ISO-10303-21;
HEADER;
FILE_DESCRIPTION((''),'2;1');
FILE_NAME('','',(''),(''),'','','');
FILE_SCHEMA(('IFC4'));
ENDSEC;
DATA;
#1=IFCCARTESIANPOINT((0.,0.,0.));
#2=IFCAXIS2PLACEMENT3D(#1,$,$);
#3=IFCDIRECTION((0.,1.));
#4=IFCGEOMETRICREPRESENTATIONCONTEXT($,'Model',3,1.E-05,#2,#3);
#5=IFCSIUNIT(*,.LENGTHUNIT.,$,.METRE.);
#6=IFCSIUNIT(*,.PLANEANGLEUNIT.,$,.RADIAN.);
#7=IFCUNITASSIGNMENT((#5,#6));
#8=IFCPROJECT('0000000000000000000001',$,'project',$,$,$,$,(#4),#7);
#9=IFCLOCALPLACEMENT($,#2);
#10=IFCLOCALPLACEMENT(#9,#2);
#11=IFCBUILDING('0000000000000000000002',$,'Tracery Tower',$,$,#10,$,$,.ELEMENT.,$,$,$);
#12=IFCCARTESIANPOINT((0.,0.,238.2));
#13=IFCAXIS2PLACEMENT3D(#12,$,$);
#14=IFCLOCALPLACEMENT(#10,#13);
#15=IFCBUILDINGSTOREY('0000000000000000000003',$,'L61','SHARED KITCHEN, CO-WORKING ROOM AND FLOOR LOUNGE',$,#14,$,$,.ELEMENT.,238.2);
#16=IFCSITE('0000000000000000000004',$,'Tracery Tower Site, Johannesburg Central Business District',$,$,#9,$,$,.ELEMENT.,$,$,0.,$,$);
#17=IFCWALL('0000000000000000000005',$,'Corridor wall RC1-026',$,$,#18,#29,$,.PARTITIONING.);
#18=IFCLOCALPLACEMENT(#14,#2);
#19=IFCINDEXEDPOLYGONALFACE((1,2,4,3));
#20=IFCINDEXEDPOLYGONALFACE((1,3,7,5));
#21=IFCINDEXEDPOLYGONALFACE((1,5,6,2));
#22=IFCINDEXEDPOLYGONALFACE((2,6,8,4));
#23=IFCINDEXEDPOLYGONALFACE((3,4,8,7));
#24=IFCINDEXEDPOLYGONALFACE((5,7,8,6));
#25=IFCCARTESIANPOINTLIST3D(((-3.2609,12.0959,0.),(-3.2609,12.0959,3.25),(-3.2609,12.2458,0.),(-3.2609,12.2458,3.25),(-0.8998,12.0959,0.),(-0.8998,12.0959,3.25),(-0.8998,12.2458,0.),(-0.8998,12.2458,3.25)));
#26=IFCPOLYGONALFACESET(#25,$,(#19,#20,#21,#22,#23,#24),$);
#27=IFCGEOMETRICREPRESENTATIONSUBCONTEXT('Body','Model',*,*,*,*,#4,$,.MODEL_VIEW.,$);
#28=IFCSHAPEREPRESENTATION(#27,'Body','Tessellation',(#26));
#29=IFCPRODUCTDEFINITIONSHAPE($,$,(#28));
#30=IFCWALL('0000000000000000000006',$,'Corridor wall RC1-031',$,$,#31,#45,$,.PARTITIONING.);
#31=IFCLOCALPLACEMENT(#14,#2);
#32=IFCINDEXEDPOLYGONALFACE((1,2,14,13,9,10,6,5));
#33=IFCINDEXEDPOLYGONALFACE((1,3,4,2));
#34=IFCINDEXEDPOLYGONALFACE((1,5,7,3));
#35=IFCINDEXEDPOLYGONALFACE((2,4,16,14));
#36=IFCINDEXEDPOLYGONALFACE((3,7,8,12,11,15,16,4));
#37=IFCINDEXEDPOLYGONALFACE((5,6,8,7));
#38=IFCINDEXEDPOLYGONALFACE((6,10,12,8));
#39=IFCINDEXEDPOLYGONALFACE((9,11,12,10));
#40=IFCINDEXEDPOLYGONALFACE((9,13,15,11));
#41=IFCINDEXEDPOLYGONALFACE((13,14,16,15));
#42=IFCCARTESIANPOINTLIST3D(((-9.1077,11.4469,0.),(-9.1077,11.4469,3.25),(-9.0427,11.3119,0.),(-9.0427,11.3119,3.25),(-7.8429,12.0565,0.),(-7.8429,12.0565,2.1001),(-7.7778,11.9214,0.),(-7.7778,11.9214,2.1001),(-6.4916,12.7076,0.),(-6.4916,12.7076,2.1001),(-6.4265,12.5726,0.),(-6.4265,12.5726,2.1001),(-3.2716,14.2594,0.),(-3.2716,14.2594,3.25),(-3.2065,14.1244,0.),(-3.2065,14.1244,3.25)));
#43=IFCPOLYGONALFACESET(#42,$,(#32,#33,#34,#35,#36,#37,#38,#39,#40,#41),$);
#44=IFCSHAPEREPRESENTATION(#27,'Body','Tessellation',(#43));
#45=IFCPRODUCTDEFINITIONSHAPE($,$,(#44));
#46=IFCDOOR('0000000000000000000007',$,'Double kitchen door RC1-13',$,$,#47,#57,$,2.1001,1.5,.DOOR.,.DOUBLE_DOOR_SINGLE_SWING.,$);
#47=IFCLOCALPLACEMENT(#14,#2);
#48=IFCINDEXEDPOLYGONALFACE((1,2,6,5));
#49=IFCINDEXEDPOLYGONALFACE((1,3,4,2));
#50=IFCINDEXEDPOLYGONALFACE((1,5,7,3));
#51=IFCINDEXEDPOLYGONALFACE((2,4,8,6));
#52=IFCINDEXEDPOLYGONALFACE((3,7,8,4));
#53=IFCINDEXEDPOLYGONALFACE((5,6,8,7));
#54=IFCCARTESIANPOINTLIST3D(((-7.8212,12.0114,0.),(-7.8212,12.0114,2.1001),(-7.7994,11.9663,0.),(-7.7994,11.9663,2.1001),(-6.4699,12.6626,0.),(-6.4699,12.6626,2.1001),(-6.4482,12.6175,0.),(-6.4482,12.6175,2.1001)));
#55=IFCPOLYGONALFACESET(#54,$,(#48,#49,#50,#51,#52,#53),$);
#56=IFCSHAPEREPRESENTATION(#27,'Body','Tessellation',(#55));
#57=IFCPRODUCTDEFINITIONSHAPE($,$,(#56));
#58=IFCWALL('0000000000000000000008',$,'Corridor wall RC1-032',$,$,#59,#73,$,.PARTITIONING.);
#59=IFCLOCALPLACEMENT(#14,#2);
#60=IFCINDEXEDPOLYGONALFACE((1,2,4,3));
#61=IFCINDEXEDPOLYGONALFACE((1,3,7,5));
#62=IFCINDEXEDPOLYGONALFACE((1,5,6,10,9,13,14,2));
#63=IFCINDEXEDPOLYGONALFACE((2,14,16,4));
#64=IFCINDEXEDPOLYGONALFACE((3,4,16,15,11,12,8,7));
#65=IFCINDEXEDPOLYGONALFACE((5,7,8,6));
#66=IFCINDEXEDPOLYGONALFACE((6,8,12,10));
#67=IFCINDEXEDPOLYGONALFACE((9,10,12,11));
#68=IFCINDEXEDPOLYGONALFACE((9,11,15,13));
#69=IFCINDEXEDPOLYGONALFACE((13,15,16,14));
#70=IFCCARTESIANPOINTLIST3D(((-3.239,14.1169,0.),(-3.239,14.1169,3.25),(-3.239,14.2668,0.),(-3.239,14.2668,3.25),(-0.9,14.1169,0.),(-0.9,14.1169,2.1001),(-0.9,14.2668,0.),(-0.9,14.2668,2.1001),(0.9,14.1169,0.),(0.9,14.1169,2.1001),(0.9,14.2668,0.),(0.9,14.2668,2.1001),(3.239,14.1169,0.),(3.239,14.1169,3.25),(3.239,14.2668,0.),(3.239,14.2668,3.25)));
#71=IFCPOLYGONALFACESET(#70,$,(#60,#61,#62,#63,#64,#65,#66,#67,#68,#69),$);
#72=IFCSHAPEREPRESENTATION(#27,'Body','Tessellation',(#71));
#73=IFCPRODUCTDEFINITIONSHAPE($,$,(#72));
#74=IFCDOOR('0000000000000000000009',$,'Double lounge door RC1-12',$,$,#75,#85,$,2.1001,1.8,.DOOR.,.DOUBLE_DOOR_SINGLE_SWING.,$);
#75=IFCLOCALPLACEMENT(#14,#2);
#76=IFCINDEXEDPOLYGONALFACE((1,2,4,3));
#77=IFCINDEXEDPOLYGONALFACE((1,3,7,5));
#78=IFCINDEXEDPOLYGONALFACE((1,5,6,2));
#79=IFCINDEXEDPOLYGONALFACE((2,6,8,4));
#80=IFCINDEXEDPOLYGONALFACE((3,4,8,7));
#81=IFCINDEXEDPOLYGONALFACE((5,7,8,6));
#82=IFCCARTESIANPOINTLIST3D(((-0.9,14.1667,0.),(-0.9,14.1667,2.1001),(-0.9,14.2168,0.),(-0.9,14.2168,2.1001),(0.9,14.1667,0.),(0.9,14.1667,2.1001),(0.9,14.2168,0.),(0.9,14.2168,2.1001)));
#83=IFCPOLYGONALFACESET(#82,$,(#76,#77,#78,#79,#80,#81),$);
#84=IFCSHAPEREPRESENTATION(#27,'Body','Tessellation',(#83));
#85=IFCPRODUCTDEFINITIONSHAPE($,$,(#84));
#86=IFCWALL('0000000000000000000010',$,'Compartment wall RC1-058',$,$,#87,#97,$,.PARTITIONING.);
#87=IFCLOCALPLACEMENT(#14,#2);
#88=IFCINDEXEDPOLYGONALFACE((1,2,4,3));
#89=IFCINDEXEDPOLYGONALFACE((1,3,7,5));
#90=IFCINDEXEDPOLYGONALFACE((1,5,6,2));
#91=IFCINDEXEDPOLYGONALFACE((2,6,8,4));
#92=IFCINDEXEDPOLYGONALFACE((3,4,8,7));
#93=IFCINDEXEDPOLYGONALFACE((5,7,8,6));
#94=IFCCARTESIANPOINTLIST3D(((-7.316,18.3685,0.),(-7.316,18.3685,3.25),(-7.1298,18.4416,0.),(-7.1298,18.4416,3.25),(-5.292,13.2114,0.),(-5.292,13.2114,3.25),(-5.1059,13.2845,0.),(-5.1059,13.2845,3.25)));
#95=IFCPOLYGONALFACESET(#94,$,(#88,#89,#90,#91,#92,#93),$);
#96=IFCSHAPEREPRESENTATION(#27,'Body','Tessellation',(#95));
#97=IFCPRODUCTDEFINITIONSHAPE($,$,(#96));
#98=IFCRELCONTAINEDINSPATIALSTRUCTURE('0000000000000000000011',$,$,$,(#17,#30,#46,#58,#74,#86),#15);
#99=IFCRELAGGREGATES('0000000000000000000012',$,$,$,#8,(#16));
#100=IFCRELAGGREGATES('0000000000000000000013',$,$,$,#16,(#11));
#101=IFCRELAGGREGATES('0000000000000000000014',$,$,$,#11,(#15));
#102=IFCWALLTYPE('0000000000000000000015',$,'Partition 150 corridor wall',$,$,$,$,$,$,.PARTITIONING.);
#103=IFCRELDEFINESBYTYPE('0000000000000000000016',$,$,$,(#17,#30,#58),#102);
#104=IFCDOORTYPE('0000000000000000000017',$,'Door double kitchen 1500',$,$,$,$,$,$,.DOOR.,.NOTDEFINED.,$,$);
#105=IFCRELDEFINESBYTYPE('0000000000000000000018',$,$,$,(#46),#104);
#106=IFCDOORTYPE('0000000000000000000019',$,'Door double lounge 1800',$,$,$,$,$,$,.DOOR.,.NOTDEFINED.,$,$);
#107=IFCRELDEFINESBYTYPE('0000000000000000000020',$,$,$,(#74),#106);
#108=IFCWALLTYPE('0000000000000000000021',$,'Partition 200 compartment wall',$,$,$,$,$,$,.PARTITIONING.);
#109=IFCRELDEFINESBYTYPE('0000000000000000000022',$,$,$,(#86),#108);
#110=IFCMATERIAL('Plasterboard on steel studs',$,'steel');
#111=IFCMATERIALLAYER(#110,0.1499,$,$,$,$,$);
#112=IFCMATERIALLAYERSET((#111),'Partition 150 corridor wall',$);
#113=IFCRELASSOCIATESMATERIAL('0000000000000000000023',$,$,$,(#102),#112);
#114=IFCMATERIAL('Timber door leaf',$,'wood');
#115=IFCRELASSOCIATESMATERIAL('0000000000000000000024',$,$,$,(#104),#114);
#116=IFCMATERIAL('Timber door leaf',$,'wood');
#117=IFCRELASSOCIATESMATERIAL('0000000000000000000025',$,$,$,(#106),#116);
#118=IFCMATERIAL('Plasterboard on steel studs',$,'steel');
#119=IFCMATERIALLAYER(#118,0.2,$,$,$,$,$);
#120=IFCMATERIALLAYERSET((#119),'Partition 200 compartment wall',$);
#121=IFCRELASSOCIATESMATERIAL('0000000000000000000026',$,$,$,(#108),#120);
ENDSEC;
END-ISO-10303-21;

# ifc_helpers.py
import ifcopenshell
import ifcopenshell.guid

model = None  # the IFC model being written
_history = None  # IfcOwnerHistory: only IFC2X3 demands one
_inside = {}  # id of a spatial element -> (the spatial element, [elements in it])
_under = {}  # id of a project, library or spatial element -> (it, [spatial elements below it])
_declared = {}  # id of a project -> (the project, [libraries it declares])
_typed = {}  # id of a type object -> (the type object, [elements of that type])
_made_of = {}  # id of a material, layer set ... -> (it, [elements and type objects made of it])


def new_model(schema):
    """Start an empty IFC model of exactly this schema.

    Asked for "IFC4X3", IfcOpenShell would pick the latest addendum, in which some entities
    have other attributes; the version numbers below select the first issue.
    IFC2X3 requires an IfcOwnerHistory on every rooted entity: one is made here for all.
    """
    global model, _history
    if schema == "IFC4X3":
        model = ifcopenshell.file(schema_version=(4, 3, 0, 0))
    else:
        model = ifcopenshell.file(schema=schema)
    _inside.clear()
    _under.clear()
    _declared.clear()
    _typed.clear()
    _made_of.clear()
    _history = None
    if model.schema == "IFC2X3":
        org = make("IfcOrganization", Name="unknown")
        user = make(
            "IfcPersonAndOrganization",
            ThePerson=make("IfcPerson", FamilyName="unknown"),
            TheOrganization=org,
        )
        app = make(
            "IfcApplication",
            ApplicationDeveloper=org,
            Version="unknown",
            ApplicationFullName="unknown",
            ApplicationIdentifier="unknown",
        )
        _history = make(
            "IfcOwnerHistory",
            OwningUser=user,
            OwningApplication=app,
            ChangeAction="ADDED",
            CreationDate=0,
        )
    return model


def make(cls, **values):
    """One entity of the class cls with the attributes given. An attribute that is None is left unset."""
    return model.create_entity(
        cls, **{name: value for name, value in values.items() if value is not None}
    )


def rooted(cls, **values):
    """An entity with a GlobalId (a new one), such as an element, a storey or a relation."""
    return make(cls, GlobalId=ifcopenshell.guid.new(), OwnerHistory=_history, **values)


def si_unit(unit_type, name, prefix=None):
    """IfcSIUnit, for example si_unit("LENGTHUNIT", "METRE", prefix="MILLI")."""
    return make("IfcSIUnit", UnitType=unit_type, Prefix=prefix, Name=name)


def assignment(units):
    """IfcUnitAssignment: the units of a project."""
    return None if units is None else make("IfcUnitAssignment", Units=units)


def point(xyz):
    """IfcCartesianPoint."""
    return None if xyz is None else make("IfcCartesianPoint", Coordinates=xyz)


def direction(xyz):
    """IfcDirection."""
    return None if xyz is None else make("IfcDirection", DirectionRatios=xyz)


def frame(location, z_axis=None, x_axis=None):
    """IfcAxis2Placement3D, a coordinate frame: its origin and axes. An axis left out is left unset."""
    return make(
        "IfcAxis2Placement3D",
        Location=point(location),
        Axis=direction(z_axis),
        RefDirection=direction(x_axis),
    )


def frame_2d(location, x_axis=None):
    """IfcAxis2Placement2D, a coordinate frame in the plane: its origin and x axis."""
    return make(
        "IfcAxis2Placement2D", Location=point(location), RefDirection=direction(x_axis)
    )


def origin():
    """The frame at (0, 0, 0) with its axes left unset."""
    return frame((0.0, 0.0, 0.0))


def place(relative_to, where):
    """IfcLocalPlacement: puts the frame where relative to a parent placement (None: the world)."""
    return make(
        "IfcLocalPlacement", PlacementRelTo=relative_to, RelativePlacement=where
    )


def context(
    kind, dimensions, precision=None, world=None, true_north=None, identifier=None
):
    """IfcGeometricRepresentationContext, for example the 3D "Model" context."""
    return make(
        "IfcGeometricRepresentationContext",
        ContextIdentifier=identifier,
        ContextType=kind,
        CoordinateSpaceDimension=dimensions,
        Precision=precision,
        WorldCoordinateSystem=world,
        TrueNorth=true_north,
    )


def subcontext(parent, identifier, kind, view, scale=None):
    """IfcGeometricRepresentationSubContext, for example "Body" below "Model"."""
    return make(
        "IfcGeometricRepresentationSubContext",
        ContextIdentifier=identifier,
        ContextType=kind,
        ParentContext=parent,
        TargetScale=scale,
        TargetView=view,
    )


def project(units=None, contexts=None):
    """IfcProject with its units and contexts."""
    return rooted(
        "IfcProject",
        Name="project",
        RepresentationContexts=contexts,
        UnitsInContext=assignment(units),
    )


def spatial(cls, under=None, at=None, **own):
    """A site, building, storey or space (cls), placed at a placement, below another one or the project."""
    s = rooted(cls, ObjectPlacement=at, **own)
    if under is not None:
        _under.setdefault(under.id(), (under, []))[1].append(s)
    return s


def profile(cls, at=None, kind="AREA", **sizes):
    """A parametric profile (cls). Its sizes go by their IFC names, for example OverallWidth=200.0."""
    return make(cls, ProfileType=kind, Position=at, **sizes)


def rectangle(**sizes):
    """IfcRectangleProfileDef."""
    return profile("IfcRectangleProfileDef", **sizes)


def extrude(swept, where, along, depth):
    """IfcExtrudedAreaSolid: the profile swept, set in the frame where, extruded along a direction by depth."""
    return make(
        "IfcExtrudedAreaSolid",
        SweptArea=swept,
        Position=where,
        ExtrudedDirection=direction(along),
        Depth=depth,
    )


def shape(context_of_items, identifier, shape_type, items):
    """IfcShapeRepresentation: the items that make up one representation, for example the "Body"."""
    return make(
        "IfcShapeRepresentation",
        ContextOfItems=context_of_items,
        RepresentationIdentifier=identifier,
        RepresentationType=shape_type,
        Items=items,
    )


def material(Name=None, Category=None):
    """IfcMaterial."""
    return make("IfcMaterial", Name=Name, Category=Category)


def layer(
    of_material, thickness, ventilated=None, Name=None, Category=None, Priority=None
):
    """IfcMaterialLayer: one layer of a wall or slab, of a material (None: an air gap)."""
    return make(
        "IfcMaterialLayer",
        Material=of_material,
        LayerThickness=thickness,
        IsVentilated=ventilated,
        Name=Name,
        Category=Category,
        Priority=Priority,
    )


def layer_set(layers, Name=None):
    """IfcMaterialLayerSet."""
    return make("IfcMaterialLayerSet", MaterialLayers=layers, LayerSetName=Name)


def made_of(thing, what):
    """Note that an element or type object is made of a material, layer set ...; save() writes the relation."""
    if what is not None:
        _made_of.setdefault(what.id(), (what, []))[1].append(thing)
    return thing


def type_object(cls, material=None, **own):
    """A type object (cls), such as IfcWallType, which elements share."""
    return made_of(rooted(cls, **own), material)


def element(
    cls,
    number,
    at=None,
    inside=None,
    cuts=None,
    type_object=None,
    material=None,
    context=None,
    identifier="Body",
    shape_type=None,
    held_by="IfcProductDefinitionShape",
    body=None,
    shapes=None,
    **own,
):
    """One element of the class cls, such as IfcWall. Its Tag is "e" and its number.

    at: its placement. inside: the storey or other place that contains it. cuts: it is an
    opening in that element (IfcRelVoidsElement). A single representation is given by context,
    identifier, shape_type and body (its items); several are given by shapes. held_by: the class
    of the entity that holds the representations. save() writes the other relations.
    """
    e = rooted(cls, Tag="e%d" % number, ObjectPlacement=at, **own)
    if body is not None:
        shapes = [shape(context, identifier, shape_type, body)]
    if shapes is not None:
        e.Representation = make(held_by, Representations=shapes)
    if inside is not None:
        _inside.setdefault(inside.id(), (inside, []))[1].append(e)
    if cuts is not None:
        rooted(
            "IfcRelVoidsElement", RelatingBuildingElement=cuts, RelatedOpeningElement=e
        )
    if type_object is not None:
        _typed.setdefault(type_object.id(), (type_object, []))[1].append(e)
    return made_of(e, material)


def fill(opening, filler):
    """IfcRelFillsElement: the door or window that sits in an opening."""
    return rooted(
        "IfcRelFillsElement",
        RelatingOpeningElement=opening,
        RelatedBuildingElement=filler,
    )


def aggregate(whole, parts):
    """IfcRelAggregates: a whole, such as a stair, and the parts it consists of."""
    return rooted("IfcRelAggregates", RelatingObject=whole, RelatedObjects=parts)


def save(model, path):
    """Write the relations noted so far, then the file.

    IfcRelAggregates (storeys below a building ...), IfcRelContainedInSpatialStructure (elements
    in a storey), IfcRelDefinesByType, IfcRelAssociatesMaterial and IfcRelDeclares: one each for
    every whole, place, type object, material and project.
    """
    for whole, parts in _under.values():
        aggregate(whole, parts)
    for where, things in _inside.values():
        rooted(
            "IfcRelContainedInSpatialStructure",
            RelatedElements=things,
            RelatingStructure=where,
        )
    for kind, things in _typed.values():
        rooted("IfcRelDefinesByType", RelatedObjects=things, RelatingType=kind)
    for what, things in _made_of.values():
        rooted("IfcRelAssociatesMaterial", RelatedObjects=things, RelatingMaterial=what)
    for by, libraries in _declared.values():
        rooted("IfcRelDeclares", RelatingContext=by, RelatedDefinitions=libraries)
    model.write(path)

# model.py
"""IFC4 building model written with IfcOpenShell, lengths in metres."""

from ifc_helpers import new_model, si_unit, direction, frame, frame_2d, origin, place, context, subcontext, project, spatial, rectangle, extrude, material, layer, layer_set, type_object, element, fill, save


model = new_model("IFC4")

# Units and contexts
model_context = context("Model", 3, precision=1e-05, world=origin(), true_north=direction((0.0, 1.0)))
body_context = subcontext(model_context, "Body", "Model", "MODEL_VIEW")
ifc_project = project(units=[si_unit("LENGTHUNIT", "METRE"), si_unit("PLANEANGLEUNIT", "RADIAN")], contexts=[model_context])

# Site, building, storey
site_placement = place(None, origin())
site = spatial("IfcSite", under=ifc_project, at=site_placement, Name="Tracery Tower Site, Johannesburg Central Business District", CompositionType="ELEMENT", RefElevation=0.0)
building_placement = place(site_placement, origin())
building = spatial("IfcBuilding", under=site, at=building_placement, Name="Tracery Tower", CompositionType="ELEMENT")
storey_placement = place(building_placement, frame((0.0, 0.0, 238.2)))
storey = spatial("IfcBuildingStorey", under=building, at=storey_placement, Name="L61", Description="SHARED KITCHEN, CO-WORKING ROOM AND FLOOR LOUNGE", CompositionType="ELEMENT", Elevation=238.2)

# Shared definitions
ifc_material_1 = material(Name="Plasterboard on steel studs", Category="steel")
ifc_layer_1 = layer(ifc_material_1, 0.1499)
ifc_layer_set_1 = layer_set([ifc_layer_1], Name="Partition 150 corridor wall")
wall_type_1 = type_object("IfcWallType", Name="Partition 150 corridor wall", PredefinedType="PARTITIONING", material=ifc_layer_set_1)

# Wall
wall_1_placement = place(storey_placement, frame((-3.261, 12.1709, 0.0), z_axis=(0.0, 0.0, 1.0), x_axis=(1.0, 0.0, 0.0)))
element("IfcWall", 1, at=wall_1_placement, inside=storey, type_object=wall_type_1, Name="Corridor wall RC1-026", PredefinedType="PARTITIONING", context=body_context, shape_type="SweptSolid", body=[
    extrude(rectangle(XDim=2.3611, YDim=0.1499, at=frame_2d((1.1807, 0.0))), origin(), (0.0, 0.0, 1.0), 3.25),
])

# Walls, openings, doors
wall_2_placement = place(storey_placement, frame((-9.0752, 11.3794, 0.0), z_axis=(0.0, 0.0, 1.0), x_axis=(0.900852, 0.434127, 0.0)))
wall_2 = element("IfcWall", 2, at=wall_2_placement, inside=storey, type_object=wall_type_1, Name="Corridor wall RC1-031", PredefinedType="PARTITIONING", context=body_context, shape_type="SweptSolid", body=[
    extrude(rectangle(XDim=6.4785, YDim=0.1499, at=frame_2d((3.2393, 0.0))), origin(), (0.0, 0.0, 1.0), 3.25),
])
opening_1_placement = place(wall_2_placement, frame((1.4041, 0.0, 0.0)))
opening_1 = element("IfcOpeningElement", 3, at=opening_1_placement, cuts=wall_2, PredefinedType="OPENING", context=body_context, shape_type="SweptSolid", body=[
    extrude(rectangle(XDim=1.5, YDim=2.1001, at=frame_2d((0.75, 1.05))), frame((0.0, 0.075, 0.0), z_axis=(0.0, -1.0, 0.0), x_axis=(1.0, 0.0, 0.0)), (0.0, 0.0, 1.0), 0.1499),
])
ifc_material_2 = material(Name="Timber door leaf", Category="wood")
door_type_1 = type_object("IfcDoorType", Name="Door double kitchen 1500", OperationType="NOTDEFINED", PredefinedType="DOOR", material=ifc_material_2)
door_1_placement = place(opening_1_placement, origin())
door_1 = element("IfcDoor", 4, at=door_1_placement, inside=storey, type_object=door_type_1, Name="Double kitchen door RC1-13", OperationType="DOUBLE_DOOR_SINGLE_SWING", OverallHeight=2.1001, OverallWidth=1.5, PredefinedType="DOOR", context=body_context, shape_type="SweptSolid", body=[
    extrude(rectangle(XDim=1.5, YDim=2.1001, at=frame_2d((0.75, 1.05))), frame((0.0, 0.0249, 0.0), z_axis=(0.0, -1.0, 0.0), x_axis=(1.0, 0.0, 0.0)), (0.0, 0.0, 1.0), 0.05),
])
fill(opening_1, door_1)
wall_3_placement = place(storey_placement, frame((-3.239, 14.1919, 0.0), z_axis=(0.0, 0.0, 1.0), x_axis=(1.0, 0.0, 0.0)))
wall_3 = element("IfcWall", 5, at=wall_3_placement, inside=storey, type_object=wall_type_1, Name="Corridor wall RC1-032", PredefinedType="PARTITIONING", context=body_context, shape_type="SweptSolid", body=[
    extrude(rectangle(XDim=6.478, YDim=0.1499, at=frame_2d((3.239, 0.0))), origin(), (0.0, 0.0, 1.0), 3.25),
])
opening_2_placement = place(wall_3_placement, frame((2.3391, 0.0, 0.0)))
opening_2 = element("IfcOpeningElement", 6, at=opening_2_placement, cuts=wall_3, PredefinedType="OPENING", context=body_context, shape_type="SweptSolid", body=[
    extrude(rectangle(XDim=1.8, YDim=2.1001, at=frame_2d((0.8999, 1.05))), frame((0.0, 0.075, 0.0), z_axis=(0.0, -1.0, 0.0), x_axis=(1.0, 0.0, 0.0)), (0.0, 0.0, 1.0), 0.1499),
])
ifc_material_3 = material(Name="Timber door leaf", Category="wood")
door_type_2 = type_object("IfcDoorType", Name="Door double lounge 1800", OperationType="NOTDEFINED", PredefinedType="DOOR", material=ifc_material_3)
door_2_placement = place(opening_2_placement, origin())
door_2 = element("IfcDoor", 7, at=door_2_placement, inside=storey, type_object=door_type_2, Name="Double lounge door RC1-12", OperationType="DOUBLE_DOOR_SINGLE_SWING", OverallHeight=2.1001, OverallWidth=1.8, PredefinedType="DOOR", context=body_context, shape_type="SweptSolid", body=[
    extrude(rectangle(XDim=1.8, YDim=2.1001, at=frame_2d((0.8999, 1.05))), frame((0.0, 0.0249, 0.0), z_axis=(0.0, -1.0, 0.0), x_axis=(1.0, 0.0, 0.0)), (0.0, 0.0, 1.0), 0.05),
])
fill(opening_2, door_2)

# Wall
ifc_material_4 = material(Name="Plasterboard on steel studs", Category="steel")
ifc_layer_2 = layer(ifc_material_4, 0.2)
ifc_layer_set_2 = layer_set([ifc_layer_2], Name="Partition 200 compartment wall")
wall_type_2 = type_object("IfcWallType", Name="Partition 200 compartment wall", PredefinedType="PARTITIONING", material=ifc_layer_set_2)
wall_4_placement = place(storey_placement, frame((-7.2229, 18.405, 0.0), z_axis=(0.0, 0.0, 1.0), x_axis=(0.365335, -0.930876, 0.0)))
element("IfcWall", 8, at=wall_4_placement, inside=storey, type_object=wall_type_2, Name="Compartment wall RC1-058", PredefinedType="PARTITIONING", context=body_context, shape_type="SweptSolid", body=[
    extrude(rectangle(XDim=5.54, YDim=0.2, at=frame_2d((2.77, 0.0))), origin(), (0.0, 0.0, 1.0), 3.25),
])

save(model, "model.ifc")
